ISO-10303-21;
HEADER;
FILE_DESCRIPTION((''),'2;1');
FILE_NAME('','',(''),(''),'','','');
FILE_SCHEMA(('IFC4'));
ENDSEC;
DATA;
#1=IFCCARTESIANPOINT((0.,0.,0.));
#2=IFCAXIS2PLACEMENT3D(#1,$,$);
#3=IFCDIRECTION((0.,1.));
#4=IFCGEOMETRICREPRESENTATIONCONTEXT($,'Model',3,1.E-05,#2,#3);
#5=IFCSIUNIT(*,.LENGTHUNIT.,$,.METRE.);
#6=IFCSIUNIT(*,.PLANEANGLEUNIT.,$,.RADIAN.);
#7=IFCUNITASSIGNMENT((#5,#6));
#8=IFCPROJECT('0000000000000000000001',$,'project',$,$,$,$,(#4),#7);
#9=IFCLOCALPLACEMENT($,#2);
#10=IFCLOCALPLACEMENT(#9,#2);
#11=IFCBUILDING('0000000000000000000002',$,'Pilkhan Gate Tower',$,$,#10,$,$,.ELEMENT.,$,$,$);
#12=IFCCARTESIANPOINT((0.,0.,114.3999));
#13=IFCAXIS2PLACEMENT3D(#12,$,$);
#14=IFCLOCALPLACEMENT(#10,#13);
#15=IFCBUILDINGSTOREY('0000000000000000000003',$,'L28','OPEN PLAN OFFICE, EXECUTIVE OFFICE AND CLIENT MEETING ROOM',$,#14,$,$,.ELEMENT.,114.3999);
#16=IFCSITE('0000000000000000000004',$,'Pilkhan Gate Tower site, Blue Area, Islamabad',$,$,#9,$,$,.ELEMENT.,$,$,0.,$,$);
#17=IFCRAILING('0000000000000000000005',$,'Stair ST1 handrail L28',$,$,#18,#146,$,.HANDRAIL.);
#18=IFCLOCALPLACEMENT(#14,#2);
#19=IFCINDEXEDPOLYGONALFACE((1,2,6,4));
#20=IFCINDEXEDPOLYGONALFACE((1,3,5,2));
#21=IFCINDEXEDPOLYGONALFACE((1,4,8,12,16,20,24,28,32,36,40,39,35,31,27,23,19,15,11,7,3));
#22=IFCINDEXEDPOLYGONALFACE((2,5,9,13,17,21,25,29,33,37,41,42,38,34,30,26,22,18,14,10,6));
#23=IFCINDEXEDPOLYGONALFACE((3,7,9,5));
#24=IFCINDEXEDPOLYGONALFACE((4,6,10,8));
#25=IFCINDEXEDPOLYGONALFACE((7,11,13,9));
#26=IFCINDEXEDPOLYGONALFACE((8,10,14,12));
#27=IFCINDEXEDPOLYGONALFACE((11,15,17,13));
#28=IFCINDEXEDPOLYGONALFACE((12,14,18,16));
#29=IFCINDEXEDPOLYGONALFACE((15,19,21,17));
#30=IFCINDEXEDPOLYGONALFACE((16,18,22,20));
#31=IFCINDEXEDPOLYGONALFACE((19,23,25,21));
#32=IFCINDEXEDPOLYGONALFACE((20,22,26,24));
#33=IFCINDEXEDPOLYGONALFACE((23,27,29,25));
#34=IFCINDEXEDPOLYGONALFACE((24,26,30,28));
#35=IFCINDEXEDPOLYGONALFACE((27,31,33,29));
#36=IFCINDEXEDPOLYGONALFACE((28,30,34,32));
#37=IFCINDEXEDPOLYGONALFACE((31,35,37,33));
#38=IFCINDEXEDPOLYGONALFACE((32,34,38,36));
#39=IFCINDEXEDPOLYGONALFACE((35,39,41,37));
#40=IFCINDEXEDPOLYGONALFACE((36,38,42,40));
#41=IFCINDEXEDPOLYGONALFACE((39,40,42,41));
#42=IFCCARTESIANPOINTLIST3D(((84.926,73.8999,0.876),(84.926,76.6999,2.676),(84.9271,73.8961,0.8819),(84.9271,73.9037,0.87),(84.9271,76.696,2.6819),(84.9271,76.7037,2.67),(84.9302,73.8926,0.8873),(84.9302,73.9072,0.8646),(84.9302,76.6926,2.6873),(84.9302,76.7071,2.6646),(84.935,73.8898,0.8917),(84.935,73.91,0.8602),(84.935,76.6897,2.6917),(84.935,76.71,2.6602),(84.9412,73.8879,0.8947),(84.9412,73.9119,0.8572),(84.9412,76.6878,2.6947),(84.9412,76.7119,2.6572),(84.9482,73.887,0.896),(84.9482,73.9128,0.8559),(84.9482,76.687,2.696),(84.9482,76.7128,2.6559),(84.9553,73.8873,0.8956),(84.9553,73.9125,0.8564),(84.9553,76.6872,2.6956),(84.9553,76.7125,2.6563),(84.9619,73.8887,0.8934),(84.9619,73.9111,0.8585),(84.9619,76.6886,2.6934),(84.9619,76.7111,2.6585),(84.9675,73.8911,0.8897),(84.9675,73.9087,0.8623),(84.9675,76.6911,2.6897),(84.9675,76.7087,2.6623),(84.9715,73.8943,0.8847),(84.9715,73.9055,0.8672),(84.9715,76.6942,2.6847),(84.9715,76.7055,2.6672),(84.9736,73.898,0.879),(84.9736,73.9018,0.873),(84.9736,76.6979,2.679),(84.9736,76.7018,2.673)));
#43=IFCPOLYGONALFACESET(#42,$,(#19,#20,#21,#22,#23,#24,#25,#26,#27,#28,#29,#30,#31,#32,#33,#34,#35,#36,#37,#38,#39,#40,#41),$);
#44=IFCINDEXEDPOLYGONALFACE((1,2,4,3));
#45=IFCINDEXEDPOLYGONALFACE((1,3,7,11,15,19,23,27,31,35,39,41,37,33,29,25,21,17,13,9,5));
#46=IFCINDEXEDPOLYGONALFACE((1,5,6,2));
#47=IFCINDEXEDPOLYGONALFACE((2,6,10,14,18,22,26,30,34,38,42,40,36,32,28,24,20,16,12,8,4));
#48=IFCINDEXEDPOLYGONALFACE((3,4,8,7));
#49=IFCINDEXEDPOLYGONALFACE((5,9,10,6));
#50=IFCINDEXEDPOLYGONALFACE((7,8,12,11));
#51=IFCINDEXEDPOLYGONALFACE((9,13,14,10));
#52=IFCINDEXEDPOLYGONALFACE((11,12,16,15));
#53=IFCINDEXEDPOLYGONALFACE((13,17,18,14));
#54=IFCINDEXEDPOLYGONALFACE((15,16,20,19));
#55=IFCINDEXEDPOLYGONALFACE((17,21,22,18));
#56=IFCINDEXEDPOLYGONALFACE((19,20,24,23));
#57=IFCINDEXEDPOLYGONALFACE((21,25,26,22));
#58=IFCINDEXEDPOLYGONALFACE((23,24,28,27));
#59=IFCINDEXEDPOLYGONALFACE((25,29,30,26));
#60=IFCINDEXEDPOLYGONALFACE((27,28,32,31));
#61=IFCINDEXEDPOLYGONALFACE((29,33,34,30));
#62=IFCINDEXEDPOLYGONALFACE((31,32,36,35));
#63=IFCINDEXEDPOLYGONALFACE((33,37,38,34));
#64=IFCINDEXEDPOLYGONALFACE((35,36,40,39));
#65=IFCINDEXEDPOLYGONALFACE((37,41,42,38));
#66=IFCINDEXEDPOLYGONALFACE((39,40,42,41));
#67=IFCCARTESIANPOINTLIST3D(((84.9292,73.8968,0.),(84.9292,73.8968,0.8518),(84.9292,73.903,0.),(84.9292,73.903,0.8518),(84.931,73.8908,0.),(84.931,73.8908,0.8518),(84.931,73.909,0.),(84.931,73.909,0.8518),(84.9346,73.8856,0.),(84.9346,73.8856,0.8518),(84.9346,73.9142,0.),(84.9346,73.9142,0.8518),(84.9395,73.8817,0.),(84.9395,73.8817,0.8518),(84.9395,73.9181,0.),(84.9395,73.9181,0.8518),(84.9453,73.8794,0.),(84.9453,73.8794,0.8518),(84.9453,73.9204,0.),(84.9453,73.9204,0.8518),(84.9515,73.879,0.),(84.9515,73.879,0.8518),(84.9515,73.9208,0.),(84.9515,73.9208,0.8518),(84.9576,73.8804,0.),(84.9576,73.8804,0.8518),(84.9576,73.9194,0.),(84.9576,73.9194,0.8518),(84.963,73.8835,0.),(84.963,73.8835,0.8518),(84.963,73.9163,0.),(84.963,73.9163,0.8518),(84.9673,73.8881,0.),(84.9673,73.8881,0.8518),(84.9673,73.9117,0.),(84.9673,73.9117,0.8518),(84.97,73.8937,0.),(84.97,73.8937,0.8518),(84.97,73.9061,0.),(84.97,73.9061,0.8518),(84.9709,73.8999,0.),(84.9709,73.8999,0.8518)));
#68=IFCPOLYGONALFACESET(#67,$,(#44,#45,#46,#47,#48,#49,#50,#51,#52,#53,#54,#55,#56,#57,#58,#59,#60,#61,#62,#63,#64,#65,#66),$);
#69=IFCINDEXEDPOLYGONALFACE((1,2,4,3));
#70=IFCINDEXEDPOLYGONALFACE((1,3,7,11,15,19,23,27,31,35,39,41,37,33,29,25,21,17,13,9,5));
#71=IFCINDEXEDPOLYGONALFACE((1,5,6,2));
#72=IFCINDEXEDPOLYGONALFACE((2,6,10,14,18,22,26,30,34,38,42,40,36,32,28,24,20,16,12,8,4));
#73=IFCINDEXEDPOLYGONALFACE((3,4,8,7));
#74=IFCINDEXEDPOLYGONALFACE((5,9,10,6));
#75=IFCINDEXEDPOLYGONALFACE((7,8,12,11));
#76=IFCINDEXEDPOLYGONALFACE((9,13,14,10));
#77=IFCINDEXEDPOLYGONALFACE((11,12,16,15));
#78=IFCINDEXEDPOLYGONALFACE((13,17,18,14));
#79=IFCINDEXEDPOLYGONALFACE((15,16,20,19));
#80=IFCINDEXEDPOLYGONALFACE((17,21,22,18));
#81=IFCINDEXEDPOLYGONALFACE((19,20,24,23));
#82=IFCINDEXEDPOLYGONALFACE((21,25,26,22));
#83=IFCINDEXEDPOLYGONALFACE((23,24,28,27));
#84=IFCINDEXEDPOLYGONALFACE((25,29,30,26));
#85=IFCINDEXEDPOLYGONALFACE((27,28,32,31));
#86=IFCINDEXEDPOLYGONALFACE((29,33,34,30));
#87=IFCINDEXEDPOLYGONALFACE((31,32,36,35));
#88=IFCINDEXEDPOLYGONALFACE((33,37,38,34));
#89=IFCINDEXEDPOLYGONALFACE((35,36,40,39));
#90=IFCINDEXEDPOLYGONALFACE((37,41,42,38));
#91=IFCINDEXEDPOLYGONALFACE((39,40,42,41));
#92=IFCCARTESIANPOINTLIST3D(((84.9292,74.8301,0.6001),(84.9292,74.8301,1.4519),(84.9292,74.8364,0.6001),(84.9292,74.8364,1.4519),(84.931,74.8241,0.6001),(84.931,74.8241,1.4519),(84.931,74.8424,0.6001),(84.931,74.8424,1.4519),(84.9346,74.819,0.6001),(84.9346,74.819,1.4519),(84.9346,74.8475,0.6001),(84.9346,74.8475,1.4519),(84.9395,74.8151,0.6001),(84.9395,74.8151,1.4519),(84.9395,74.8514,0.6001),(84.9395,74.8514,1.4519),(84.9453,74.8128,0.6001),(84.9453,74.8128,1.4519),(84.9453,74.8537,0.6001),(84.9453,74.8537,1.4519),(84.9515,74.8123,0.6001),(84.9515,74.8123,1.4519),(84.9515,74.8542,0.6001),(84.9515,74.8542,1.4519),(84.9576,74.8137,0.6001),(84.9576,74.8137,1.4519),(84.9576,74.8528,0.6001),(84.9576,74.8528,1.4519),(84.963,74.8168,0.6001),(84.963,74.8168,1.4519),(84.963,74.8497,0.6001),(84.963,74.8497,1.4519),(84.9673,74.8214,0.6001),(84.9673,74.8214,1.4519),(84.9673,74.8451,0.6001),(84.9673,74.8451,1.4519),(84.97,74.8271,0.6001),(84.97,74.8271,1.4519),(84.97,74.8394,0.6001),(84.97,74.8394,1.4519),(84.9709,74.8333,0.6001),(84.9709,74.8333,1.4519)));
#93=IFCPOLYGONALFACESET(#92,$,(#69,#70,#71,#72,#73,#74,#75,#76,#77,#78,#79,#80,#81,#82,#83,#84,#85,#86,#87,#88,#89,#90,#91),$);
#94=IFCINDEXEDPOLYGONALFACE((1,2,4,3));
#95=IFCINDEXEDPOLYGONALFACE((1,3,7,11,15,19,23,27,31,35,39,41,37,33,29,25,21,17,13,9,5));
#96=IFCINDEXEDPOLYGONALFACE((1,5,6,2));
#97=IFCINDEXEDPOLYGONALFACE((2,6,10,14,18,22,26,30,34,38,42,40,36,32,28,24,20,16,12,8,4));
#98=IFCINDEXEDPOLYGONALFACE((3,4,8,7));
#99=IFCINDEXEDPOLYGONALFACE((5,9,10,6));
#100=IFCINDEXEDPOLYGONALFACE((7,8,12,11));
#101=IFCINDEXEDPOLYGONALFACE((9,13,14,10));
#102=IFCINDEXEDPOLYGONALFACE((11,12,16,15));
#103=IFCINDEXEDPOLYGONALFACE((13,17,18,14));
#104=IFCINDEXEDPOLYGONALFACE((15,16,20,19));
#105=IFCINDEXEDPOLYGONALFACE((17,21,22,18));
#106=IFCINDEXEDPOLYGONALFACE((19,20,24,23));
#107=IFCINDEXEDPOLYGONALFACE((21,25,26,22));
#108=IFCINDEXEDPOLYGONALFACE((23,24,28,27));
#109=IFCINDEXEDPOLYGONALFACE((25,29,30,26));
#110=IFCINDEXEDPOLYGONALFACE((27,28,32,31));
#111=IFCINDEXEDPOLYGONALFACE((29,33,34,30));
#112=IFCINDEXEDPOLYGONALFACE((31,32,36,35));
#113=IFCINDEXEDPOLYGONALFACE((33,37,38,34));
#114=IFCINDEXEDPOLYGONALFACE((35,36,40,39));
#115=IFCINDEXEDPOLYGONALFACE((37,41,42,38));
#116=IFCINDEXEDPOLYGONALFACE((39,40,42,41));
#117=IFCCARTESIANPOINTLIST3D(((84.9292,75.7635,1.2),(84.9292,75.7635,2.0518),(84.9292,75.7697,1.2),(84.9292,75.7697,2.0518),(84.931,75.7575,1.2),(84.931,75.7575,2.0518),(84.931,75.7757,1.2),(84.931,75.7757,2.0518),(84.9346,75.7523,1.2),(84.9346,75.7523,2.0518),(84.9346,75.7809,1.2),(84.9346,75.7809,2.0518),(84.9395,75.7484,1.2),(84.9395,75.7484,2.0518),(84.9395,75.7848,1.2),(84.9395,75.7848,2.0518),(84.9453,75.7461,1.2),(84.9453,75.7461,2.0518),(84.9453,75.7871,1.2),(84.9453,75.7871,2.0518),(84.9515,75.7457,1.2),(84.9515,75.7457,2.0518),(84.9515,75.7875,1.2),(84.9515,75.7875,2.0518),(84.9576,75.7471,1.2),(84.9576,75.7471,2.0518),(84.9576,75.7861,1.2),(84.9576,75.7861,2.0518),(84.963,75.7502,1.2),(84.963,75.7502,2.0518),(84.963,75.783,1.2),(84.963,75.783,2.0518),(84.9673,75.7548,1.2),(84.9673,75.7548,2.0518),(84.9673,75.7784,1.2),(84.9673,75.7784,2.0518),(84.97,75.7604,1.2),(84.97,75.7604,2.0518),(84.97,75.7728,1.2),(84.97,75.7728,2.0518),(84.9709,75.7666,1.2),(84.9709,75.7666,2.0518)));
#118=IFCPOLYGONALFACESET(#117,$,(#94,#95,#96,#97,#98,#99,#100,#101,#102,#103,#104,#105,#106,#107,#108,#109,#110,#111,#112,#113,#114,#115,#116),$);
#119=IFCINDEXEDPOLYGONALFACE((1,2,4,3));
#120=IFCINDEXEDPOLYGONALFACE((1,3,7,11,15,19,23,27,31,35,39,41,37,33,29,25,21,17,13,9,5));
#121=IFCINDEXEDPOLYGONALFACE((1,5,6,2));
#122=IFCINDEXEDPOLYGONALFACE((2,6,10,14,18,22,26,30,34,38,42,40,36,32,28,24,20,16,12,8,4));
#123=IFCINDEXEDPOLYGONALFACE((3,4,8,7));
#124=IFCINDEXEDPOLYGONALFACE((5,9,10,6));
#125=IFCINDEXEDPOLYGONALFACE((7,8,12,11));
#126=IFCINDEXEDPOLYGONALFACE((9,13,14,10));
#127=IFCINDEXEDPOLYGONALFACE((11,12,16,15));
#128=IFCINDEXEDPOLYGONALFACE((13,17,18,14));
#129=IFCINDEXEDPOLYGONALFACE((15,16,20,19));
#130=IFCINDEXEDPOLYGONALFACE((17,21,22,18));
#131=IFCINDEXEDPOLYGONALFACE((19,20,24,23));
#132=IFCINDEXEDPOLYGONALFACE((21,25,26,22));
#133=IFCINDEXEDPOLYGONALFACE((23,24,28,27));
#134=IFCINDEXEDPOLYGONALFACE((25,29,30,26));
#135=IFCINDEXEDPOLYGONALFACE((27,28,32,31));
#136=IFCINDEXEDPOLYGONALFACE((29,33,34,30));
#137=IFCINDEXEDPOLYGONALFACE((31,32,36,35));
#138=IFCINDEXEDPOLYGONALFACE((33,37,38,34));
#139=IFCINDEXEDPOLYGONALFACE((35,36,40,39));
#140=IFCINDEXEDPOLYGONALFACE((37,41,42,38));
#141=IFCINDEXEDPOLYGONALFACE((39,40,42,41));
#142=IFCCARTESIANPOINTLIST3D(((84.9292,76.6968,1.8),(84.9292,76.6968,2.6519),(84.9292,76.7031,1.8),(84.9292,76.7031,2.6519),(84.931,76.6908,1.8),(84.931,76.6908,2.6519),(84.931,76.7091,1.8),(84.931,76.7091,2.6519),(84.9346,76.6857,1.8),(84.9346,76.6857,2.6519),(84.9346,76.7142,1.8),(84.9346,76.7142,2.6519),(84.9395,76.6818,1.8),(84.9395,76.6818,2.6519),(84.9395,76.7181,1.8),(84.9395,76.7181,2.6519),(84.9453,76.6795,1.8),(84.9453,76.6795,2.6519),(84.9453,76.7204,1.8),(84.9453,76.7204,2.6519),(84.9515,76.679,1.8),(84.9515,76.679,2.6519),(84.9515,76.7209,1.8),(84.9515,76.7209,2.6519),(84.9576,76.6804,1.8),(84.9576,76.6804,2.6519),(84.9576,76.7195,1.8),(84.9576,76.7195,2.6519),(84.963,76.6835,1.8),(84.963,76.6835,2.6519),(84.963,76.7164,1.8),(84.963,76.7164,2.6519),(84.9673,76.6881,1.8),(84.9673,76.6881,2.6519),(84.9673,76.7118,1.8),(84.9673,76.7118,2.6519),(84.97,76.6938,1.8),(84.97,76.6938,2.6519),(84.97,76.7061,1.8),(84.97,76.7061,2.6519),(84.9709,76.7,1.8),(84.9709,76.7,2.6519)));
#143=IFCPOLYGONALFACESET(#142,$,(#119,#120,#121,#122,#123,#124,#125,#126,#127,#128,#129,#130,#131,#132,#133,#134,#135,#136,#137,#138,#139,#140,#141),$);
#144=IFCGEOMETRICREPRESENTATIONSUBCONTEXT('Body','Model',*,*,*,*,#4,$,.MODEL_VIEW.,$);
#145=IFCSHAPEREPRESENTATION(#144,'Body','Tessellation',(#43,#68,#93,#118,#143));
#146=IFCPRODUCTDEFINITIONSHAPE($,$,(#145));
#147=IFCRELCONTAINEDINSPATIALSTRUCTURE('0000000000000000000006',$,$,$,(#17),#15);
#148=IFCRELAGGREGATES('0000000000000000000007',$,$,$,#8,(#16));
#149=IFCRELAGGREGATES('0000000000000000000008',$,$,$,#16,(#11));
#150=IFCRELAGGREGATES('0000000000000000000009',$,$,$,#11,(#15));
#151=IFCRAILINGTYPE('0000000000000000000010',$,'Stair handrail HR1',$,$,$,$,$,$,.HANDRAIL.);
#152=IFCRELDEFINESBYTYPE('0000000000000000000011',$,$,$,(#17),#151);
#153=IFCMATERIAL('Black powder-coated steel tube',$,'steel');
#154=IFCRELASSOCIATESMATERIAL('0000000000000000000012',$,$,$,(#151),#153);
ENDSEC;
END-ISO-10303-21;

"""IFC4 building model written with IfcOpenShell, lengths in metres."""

from ifc_helpers import new_model, si_unit, direction, frame, origin, origin_2d, place, context, subcontext, project, spatial, circle, extrude, material, type_object, element, save


model = new_model("IFC4")

# Units and contexts
model_context = context("Model", 3, precision=1e-05, world=origin(), true_north=direction((0.0, 1.0)))
body_context = subcontext(model_context, "Body", "Model", "MODEL_VIEW")
ifc_project = project(units=[si_unit("LENGTHUNIT", "METRE"), si_unit("PLANEANGLEUNIT", "RADIAN")], contexts=[model_context])

# Site, building, storey
site_placement = place(None, origin())
site = spatial("IfcSite", under=ifc_project, at=site_placement, Name="Pilkhan Gate Tower site, Blue Area, Islamabad", CompositionType="ELEMENT", RefElevation=0.0)
building_placement = place(site_placement, origin())
building = spatial("IfcBuilding", under=site, at=building_placement, Name="Pilkhan Gate Tower", CompositionType="ELEMENT")
storey_placement = place(building_placement, frame((0.0, 0.0, 114.3999)))
storey = spatial("IfcBuildingStorey", under=building, at=storey_placement, Name="L28", Description="OPEN PLAN OFFICE, EXECUTIVE OFFICE AND CLIENT MEETING ROOM", CompositionType="ELEMENT", Elevation=114.3999)

# Railing
ifc_material_1 = material(Name="Black powder-coated steel tube", Category="steel")
railing_type_1 = type_object("IfcRailingType", Name="Stair handrail HR1", PredefinedType="HANDRAIL", material=ifc_material_1)
railing_1_placement = place(storey_placement, frame((84.95, 73.8999, 0.0)))
element("IfcRailing", 1, at=railing_1_placement, inside=storey, type_object=railing_type_1, Name="Stair ST1 handrail L28", PredefinedType="HANDRAIL", context=body_context, shape_type="SweptSolid", body=[
    extrude(circle(Radius=0.0239, at=origin_2d()), frame((0.0, 0.0, 0.876), z_axis=(0.0, 0.841176, 0.540761), x_axis=(-1.0, 0.0, 0.0)), (0.0, 0.0, 1.0), 3.3286),
    extrude(circle(Radius=0.021, at=origin_2d()), origin(), (0.0, 0.0, 1.0), 0.8518),
    extrude(circle(Radius=0.021, at=origin_2d()), frame((0.0, 0.9333, 0.6001)), (0.0, 0.0, 1.0), 0.8518),
    extrude(circle(Radius=0.021, at=origin_2d()), frame((0.0, 1.8667, 1.2)), (0.0, 0.0, 1.0), 0.8518),
    extrude(circle(Radius=0.021, at=origin_2d()), frame((0.0, 2.8, 1.8)), (0.0, 0.0, 1.0), 0.8518),
])

save(model, "model.ifc")
